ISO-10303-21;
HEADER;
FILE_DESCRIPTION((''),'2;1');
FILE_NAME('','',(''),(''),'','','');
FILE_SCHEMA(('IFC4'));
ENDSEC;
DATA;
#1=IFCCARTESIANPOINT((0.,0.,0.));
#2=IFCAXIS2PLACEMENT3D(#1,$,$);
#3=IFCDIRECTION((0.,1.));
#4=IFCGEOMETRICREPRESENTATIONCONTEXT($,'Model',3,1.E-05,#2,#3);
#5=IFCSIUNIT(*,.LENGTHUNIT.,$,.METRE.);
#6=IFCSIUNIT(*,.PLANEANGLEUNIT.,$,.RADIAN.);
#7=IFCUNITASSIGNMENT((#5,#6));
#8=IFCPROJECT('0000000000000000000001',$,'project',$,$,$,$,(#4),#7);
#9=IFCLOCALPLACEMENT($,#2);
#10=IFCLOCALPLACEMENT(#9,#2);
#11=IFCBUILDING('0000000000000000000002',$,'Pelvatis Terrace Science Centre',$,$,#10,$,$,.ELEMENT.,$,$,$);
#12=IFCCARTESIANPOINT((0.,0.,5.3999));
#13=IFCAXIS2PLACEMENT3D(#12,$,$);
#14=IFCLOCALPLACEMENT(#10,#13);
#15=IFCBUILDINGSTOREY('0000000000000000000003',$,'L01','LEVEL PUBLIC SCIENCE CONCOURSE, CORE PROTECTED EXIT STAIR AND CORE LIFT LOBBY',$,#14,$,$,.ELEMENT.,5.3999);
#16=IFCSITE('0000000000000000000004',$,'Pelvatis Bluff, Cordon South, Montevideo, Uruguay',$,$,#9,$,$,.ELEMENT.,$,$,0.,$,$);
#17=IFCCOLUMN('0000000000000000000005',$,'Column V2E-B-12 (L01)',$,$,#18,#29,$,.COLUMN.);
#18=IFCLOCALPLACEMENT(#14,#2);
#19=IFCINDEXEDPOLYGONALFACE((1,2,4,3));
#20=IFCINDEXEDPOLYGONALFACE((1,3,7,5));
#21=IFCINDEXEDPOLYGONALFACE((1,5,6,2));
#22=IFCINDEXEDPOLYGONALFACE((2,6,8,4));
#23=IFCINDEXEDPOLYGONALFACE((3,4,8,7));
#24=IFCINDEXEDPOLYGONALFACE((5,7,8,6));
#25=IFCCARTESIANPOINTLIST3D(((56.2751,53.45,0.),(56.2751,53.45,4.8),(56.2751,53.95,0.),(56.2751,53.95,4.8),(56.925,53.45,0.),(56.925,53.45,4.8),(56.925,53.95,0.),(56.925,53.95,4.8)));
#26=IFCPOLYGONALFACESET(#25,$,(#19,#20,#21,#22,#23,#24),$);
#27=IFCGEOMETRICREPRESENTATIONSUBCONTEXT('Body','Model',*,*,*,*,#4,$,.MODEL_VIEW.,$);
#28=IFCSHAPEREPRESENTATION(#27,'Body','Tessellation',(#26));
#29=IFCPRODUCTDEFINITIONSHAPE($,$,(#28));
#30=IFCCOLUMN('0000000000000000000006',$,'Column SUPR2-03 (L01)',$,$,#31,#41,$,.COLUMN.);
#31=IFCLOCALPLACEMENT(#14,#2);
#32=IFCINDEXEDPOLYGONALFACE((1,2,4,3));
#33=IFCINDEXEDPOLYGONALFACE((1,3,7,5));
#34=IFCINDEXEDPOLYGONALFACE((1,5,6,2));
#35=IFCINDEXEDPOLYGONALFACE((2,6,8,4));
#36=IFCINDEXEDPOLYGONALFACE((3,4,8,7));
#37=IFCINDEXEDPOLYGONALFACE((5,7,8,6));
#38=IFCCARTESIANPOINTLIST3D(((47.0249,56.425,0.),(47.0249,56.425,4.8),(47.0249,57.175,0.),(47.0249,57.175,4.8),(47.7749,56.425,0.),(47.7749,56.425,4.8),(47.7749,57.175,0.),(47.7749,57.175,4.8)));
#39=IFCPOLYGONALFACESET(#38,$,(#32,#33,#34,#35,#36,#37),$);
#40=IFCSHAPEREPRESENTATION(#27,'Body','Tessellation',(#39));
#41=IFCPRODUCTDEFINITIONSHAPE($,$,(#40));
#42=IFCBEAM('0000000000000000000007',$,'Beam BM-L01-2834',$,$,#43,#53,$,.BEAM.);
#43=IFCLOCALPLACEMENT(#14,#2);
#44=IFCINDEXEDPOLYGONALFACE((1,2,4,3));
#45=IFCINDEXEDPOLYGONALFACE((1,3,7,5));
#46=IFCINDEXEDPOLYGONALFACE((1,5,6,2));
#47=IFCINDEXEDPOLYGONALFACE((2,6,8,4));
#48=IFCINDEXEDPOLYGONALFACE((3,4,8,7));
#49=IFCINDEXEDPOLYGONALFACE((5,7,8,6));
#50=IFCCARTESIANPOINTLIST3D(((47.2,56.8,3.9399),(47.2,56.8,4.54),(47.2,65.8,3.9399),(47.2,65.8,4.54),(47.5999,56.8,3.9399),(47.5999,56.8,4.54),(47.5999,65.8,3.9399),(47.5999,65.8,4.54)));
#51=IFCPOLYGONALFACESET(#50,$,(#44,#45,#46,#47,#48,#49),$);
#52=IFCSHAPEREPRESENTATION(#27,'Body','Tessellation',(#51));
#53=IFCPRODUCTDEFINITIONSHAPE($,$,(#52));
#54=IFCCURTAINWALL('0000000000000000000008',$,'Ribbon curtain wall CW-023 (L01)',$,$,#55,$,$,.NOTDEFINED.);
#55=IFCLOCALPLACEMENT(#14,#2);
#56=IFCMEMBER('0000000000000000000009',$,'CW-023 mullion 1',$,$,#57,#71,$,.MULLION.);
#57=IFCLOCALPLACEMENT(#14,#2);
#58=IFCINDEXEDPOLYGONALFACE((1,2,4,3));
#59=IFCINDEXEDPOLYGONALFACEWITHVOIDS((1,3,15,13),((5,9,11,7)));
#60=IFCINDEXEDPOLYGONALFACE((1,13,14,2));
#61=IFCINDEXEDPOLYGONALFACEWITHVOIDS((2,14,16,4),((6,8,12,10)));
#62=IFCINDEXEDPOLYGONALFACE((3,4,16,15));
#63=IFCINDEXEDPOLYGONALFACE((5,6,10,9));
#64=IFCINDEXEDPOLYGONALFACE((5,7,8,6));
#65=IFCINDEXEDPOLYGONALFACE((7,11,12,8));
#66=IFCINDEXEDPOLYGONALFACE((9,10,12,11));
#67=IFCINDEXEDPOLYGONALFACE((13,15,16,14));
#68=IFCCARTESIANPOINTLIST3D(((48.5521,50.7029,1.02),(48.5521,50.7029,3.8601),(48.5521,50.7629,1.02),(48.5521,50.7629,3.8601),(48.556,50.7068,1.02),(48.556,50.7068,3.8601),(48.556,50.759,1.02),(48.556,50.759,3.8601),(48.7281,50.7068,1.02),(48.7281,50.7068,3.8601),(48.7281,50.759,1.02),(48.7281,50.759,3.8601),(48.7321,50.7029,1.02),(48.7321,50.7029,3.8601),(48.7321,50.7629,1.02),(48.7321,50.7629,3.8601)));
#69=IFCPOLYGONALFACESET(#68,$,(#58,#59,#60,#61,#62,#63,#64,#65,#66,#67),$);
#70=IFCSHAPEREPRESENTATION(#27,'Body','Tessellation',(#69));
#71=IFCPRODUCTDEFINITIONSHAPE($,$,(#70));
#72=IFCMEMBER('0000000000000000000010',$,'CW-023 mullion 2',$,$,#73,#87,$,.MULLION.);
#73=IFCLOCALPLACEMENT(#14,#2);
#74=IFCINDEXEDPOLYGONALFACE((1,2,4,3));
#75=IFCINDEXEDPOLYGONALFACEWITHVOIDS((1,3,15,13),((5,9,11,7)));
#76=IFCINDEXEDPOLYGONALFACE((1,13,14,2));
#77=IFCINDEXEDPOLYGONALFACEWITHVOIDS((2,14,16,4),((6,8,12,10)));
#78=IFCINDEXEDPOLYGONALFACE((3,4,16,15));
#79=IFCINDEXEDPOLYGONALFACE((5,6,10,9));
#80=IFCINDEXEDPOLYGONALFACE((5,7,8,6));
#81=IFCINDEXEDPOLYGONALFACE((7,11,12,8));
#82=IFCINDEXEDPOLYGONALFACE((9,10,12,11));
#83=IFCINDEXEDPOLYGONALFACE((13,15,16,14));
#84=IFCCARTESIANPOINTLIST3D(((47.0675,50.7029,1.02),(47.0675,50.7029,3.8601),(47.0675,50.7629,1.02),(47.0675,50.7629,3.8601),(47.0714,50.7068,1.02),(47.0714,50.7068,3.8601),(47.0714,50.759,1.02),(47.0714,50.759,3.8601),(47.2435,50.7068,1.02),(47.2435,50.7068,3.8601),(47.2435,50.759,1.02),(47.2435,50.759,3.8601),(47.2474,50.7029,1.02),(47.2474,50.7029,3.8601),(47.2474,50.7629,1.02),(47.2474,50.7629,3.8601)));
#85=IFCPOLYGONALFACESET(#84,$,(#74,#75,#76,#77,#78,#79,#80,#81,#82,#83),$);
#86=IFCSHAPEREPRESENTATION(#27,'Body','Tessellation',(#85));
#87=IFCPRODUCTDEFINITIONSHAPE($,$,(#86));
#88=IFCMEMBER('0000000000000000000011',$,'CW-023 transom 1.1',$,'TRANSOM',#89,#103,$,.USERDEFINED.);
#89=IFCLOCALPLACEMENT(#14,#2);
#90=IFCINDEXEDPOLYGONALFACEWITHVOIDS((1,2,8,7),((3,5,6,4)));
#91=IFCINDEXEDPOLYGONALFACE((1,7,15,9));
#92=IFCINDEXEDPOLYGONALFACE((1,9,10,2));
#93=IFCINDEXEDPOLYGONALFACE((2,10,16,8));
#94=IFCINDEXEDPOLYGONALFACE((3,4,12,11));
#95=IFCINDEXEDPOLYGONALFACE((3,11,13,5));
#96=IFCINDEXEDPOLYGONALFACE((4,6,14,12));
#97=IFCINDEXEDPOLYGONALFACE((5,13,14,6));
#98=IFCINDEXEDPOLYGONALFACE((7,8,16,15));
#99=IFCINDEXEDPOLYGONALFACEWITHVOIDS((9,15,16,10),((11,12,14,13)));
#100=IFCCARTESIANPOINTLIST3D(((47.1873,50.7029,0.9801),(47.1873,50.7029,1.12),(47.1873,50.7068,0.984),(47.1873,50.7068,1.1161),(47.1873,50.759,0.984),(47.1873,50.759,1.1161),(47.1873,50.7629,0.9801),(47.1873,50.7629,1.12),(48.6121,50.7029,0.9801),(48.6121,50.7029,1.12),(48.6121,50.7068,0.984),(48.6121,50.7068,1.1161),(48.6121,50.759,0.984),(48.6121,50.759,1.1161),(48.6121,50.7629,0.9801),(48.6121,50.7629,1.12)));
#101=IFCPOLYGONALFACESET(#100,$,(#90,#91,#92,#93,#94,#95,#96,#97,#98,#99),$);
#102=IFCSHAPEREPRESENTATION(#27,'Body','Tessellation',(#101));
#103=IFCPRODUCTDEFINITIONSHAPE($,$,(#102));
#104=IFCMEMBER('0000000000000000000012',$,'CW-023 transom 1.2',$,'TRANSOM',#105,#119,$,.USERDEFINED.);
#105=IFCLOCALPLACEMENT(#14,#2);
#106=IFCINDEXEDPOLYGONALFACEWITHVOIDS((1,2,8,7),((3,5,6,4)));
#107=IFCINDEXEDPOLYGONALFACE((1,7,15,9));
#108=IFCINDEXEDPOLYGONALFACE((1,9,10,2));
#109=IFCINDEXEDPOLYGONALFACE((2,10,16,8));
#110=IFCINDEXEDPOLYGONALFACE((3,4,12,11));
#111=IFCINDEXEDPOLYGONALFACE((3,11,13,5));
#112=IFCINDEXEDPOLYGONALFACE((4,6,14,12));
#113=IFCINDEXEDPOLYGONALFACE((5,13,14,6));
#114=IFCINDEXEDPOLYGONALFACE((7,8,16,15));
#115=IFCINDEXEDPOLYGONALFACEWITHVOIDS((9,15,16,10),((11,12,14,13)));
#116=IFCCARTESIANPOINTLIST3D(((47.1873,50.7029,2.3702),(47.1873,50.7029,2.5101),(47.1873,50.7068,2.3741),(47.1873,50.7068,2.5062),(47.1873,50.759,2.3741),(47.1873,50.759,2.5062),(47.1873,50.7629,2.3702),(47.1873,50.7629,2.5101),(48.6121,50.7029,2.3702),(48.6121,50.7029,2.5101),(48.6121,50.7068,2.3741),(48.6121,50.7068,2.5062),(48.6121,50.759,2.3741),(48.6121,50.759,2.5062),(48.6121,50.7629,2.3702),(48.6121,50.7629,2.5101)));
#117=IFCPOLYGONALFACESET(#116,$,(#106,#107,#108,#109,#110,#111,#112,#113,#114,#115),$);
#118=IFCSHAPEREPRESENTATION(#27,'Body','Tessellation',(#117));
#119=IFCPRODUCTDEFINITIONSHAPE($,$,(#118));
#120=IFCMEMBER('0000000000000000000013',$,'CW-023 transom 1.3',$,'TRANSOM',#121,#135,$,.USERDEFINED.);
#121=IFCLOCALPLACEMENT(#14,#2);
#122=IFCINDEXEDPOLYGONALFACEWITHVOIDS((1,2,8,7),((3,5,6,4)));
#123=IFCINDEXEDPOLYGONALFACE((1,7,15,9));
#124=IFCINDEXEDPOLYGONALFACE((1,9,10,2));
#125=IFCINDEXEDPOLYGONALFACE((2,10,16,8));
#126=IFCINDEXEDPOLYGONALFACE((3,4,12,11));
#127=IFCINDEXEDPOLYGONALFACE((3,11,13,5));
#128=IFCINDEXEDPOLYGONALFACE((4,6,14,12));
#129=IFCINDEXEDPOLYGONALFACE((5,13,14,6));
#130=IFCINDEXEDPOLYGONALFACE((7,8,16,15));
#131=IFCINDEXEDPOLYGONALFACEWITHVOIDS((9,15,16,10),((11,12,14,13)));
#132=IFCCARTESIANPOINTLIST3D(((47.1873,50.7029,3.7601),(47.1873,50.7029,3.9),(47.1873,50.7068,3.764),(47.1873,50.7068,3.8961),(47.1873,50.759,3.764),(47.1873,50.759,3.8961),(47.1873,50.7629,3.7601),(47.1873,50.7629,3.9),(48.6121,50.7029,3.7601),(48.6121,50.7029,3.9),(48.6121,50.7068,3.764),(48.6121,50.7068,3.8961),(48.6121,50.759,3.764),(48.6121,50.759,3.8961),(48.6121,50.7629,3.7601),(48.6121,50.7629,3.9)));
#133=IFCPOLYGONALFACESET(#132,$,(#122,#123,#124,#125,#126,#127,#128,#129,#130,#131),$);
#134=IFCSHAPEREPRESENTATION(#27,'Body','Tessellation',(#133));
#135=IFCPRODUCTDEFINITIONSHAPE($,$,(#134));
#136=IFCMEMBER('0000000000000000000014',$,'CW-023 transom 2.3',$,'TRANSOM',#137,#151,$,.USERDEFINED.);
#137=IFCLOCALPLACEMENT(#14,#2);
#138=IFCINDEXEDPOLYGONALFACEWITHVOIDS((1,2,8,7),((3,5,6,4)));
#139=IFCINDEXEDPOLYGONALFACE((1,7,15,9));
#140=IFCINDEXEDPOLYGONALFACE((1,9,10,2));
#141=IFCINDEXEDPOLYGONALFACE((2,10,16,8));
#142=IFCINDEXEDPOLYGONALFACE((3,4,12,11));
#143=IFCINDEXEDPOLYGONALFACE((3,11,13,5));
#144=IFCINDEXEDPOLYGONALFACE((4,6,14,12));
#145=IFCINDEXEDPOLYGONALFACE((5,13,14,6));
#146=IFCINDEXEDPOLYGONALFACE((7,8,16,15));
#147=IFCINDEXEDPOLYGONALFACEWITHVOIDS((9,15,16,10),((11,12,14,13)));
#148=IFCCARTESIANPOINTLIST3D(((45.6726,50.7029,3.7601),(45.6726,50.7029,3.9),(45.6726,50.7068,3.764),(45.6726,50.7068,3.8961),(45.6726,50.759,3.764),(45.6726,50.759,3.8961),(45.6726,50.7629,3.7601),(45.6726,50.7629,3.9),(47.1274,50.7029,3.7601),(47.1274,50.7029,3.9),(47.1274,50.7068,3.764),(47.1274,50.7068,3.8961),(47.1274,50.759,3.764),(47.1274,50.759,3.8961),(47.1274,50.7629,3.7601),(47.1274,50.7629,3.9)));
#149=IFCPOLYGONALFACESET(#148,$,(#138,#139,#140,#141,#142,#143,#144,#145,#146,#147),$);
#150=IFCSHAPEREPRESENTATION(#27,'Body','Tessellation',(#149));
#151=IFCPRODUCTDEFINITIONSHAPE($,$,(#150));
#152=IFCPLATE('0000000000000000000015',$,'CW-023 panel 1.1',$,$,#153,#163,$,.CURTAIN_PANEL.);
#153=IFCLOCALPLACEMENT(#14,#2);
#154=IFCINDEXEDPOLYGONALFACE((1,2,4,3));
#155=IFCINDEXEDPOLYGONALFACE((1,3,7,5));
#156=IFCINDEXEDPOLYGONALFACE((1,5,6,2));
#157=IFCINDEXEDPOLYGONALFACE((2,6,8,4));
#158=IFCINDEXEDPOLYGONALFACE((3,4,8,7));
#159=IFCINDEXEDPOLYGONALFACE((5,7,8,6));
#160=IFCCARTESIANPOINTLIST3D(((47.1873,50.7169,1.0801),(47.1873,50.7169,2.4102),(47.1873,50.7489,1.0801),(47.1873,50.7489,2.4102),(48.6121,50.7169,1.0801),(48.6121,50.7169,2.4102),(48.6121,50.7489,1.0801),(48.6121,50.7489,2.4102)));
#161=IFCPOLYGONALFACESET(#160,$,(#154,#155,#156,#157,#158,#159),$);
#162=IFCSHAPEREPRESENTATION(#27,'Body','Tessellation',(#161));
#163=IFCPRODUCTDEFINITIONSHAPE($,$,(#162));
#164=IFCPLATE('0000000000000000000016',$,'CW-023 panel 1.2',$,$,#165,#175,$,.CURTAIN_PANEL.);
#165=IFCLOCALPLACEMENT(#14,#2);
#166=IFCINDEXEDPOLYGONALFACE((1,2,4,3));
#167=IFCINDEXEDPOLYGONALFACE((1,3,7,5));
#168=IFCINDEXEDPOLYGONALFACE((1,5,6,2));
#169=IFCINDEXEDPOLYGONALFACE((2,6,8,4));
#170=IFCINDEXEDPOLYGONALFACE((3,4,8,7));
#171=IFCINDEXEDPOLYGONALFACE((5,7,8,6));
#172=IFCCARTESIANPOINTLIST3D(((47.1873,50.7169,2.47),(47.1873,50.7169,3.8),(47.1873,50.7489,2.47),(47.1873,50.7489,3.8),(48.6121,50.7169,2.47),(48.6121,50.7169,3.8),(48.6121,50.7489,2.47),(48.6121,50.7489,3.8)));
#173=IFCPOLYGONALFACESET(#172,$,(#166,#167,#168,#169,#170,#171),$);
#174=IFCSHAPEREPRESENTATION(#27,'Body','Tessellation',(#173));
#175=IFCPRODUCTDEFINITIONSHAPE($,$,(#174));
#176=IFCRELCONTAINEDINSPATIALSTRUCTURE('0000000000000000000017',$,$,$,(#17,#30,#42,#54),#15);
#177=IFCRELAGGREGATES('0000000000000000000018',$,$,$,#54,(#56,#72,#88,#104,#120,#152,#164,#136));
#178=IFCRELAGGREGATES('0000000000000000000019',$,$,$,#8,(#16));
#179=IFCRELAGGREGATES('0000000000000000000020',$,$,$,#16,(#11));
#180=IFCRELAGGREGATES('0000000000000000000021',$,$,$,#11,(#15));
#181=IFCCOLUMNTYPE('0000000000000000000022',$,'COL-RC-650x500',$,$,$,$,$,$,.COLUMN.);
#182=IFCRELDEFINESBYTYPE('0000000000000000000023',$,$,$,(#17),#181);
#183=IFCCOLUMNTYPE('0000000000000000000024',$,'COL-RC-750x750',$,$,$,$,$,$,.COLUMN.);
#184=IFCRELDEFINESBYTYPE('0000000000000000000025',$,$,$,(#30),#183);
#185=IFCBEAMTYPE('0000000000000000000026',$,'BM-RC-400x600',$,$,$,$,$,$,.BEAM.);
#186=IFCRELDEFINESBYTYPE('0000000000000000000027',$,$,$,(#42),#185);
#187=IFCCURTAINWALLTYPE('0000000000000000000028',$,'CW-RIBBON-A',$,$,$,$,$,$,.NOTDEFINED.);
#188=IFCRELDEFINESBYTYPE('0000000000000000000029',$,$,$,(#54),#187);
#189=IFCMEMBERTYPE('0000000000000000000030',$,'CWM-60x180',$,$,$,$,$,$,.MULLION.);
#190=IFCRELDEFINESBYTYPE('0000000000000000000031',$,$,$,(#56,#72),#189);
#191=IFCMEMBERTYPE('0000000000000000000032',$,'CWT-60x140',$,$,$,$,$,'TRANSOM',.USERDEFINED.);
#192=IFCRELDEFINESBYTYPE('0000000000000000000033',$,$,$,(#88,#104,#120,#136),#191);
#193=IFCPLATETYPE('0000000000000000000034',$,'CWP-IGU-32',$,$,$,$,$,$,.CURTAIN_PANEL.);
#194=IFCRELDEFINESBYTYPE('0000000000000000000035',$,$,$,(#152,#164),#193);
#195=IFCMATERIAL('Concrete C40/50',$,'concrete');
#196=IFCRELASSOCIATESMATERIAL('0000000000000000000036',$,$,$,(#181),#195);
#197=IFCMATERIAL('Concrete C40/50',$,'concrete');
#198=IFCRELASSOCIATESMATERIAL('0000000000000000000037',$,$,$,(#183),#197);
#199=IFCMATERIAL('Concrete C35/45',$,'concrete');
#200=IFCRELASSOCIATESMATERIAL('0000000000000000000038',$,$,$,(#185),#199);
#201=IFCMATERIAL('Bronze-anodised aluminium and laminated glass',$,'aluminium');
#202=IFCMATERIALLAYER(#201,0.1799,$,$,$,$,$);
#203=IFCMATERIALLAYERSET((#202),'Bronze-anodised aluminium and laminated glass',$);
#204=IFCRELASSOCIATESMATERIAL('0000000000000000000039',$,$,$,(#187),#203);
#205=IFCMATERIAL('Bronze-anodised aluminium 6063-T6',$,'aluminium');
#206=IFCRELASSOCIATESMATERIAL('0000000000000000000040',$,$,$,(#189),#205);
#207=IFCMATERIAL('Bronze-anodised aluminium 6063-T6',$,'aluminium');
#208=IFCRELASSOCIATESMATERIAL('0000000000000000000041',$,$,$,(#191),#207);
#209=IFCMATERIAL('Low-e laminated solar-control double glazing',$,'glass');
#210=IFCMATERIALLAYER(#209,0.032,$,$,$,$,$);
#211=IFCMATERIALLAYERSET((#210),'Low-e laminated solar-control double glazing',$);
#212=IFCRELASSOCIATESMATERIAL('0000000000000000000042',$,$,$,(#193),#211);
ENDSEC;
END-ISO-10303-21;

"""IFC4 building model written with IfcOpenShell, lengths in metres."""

from ifc_helpers import new_model, si_unit, direction, frame, origin, origin_2d, place, context, subcontext, project, spatial, rectangle, hollow_rectangle, extrude, material, layer, layer_set, material_profile, profile_set, type_object, element, aggregate, save


model = new_model("IFC4")

# Units and contexts
model_context = context("Model", 3, precision=1e-05, world=origin(), true_north=direction((0.0, 1.0)))
body_context = subcontext(model_context, "Body", "Model", "MODEL_VIEW")
ifc_project = project(units=[si_unit("LENGTHUNIT", "METRE"), si_unit("PLANEANGLEUNIT", "RADIAN")], contexts=[model_context])

# Site, building, storey
site_placement = place(None, origin())
site = spatial("IfcSite", under=ifc_project, at=site_placement, Name="Pelvatis Bluff, Cordon South, Montevideo, Uruguay", CompositionType="ELEMENT", RefElevation=0.0)
building_placement = place(site_placement, origin())
building = spatial("IfcBuilding", under=site, at=building_placement, Name="Pelvatis Terrace Science Centre", CompositionType="ELEMENT")
storey_placement = place(building_placement, frame((0.0, 0.0, 5.3999)))
storey = spatial("IfcBuildingStorey", under=building, at=storey_placement, Name="L01", Description="LEVEL PUBLIC SCIENCE CONCOURSE, CORE PROTECTED EXIT STAIR AND CORE LIFT LOBBY", CompositionType="ELEMENT", Elevation=5.3999)

# Columns
ifc_material_1 = material(Name="Concrete C40/50", Category="concrete")
ifc_material_profile_1 = material_profile(ifc_material_1, rectangle(XDim=0.6499, YDim=0.5, at=origin_2d()), Name="RC-COL 650x500")
ifc_profile_set_1 = profile_set([ifc_material_profile_1], Name="Concrete C40/50")
column_type_1 = type_object("IfcColumnType", Name="COL-RC-650x500", PredefinedType="COLUMN", material=ifc_profile_set_1)
column_1_placement = place(storey_placement, frame((56.6001, 53.7, 0.0), z_axis=(0.0, 0.0, 1.0), x_axis=(1.0, 0.0, 0.0)))
element("IfcColumn", 1, at=column_1_placement, inside=storey, type_object=column_type_1, Name="Column V2E-B-12 (L01)", PredefinedType="COLUMN", context=body_context, shape_type="SweptSolid", body=[
    extrude(rectangle(XDim=0.6499, YDim=0.5, at=origin_2d()), origin(), (0.0, 0.0, 1.0), 4.8),
])
ifc_material_2 = material(Name="Concrete C40/50", Category="concrete")
ifc_material_profile_2 = material_profile(ifc_material_2, rectangle(XDim=0.75, YDim=0.75, at=origin_2d()), Name="RC-COL 750x750")
ifc_profile_set_2 = profile_set([ifc_material_profile_2], Name="Concrete C40/50")
column_type_2 = type_object("IfcColumnType", Name="COL-RC-750x750", PredefinedType="COLUMN", material=ifc_profile_set_2)
column_2_placement = place(storey_placement, frame((47.3999, 56.8, 0.0), z_axis=(0.0, 0.0, 1.0), x_axis=(1.0, 0.0, 0.0)))
element("IfcColumn", 2, at=column_2_placement, inside=storey, type_object=column_type_2, Name="Column SUPR2-03 (L01)", PredefinedType="COLUMN", context=body_context, shape_type="SweptSolid", body=[
    extrude(rectangle(XDim=0.75, YDim=0.75, at=origin_2d()), origin(), (0.0, 0.0, 1.0), 4.8),
])

# Beam
ifc_material_3 = material(Name="Concrete C35/45", Category="concrete")
ifc_material_profile_3 = material_profile(ifc_material_3, rectangle(XDim=0.3999, YDim=0.6001, at=origin_2d()), Name="RC-BM 400x600")
ifc_profile_set_3 = profile_set([ifc_material_profile_3], Name="Concrete C35/45")
beam_type = type_object("IfcBeamType", Name="BM-RC-400x600", PredefinedType="BEAM", material=ifc_profile_set_3)
beam_placement = place(storey_placement, frame((47.3999, 56.8, 4.24), z_axis=(0.0, 1.0, 0.0), x_axis=(-1.0, 0.0, 0.0)))
element("IfcBeam", 3, at=beam_placement, inside=storey, type_object=beam_type, Name="Beam BM-L01-2834", PredefinedType="BEAM", context=body_context, shape_type="SweptSolid", body=[
    extrude(rectangle(XDim=0.3999, YDim=0.6001, at=origin_2d()), origin(), (0.0, 0.0, 1.0), 9.0),
])

# Curtain wall, members, plates
ifc_material_4 = material(Name="Bronze-anodised aluminium and laminated glass", Category="aluminium")
ifc_layer_1 = layer(ifc_material_4, 0.1799)
ifc_layer_set_1 = layer_set([ifc_layer_1], Name="Bronze-anodised aluminium and laminated glass")
curtain_wall_type = type_object("IfcCurtainWallType", Name="CW-RIBBON-A", PredefinedType="NOTDEFINED", material=ifc_layer_set_1)
curtain_wall_placement = place(storey_placement, origin())
curtain_wall = element("IfcCurtainWall", 4, at=curtain_wall_placement, inside=storey, type_object=curtain_wall_type, Name="Ribbon curtain wall CW-023 (L01)", PredefinedType="NOTDEFINED")
ifc_material_5 = material(Name="Bronze-anodised aluminium 6063-T6", Category="aluminium")
ifc_material_profile_4 = material_profile(ifc_material_5, hollow_rectangle(XDim=0.0601, YDim=0.1799, WallThickness=0.0039, at=origin_2d()), Name="ALU-MUL 60x180")
ifc_profile_set_4 = profile_set([ifc_material_profile_4], Name="Bronze-anodised aluminium 6063-T6")
member_type_1 = type_object("IfcMemberType", Name="CWM-60x180", PredefinedType="MULLION", material=ifc_profile_set_4)
member_1_placement = place(storey_placement, frame((48.6421, 50.7329, 1.02), z_axis=(0.0, 0.0, 1.0), x_axis=(0.0, -1.0, 0.0)))
member_1 = element("IfcMember", 5, at=member_1_placement, type_object=member_type_1, Name="CW-023 mullion 1", PredefinedType="MULLION", context=body_context, shape_type="SweptSolid", body=[
    extrude(hollow_rectangle(XDim=0.0601, YDim=0.1799, WallThickness=0.0039, at=origin_2d()), origin(), (0.0, 0.0, 1.0), 2.8401),
])
member_2_placement = place(storey_placement, frame((47.1575, 50.7329, 1.02), z_axis=(0.0, 0.0, 1.0), x_axis=(0.0, -1.0, 0.0)))
member_2 = element("IfcMember", 6, at=member_2_placement, type_object=member_type_1, Name="CW-023 mullion 2", PredefinedType="MULLION", context=body_context, shape_type="SweptSolid", body=[
    extrude(hollow_rectangle(XDim=0.0601, YDim=0.1799, WallThickness=0.0039, at=origin_2d()), origin(), (0.0, 0.0, 1.0), 2.8401),
])
ifc_material_6 = material(Name="Bronze-anodised aluminium 6063-T6", Category="aluminium")
ifc_material_profile_5 = material_profile(ifc_material_6, hollow_rectangle(XDim=0.0601, YDim=0.1399, WallThickness=0.0039, at=origin_2d()), Name="ALU-TRN 60x140")
ifc_profile_set_5 = profile_set([ifc_material_profile_5], Name="Bronze-anodised aluminium 6063-T6")
member_type_2 = type_object("IfcMemberType", Name="CWT-60x140", ElementType="TRANSOM", PredefinedType="USERDEFINED", material=ifc_profile_set_5)
member_3_placement = place(storey_placement, frame((48.6121, 50.7329, 1.05), z_axis=(-1.0, 0.0, 0.0), x_axis=(0.0, -1.0, 0.0)))
member_3 = element("IfcMember", 7, at=member_3_placement, type_object=member_type_2, Name="CW-023 transom 1.1", ObjectType="TRANSOM", PredefinedType="USERDEFINED", context=body_context, shape_type="SweptSolid", body=[
    extrude(hollow_rectangle(XDim=0.0601, YDim=0.1399, WallThickness=0.0039, at=origin_2d()), origin(), (0.0, 0.0, 1.0), 1.4248),
])
member_4_placement = place(storey_placement, frame((48.6121, 50.7329, 2.4402), z_axis=(-1.0, 0.0, 0.0), x_axis=(0.0, -1.0, 0.0)))
member_4 = element("IfcMember", 8, at=member_4_placement, type_object=member_type_2, Name="CW-023 transom 1.2", ObjectType="TRANSOM", PredefinedType="USERDEFINED", context=body_context, shape_type="SweptSolid", body=[
    extrude(hollow_rectangle(XDim=0.0601, YDim=0.1399, WallThickness=0.0039, at=origin_2d()), origin(), (0.0, 0.0, 1.0), 1.4248),
])
member_5_placement = place(storey_placement, frame((48.6121, 50.7329, 3.8301), z_axis=(-1.0, 0.0, 0.0), x_axis=(0.0, -1.0, 0.0)))
member_5 = element("IfcMember", 9, at=member_5_placement, type_object=member_type_2, Name="CW-023 transom 1.3", ObjectType="TRANSOM", PredefinedType="USERDEFINED", context=body_context, shape_type="SweptSolid", body=[
    extrude(hollow_rectangle(XDim=0.0601, YDim=0.1399, WallThickness=0.0039, at=origin_2d()), origin(), (0.0, 0.0, 1.0), 1.4248),
])
member_6_placement = place(storey_placement, frame((47.1274, 50.7329, 3.8301), z_axis=(-1.0, 0.0, 0.0), x_axis=(0.0, -1.0, 0.0)))
member_6 = element("IfcMember", 10, at=member_6_placement, type_object=member_type_2, Name="CW-023 transom 2.3", ObjectType="TRANSOM", PredefinedType="USERDEFINED", context=body_context, shape_type="SweptSolid", body=[
    extrude(hollow_rectangle(XDim=0.0601, YDim=0.1399, WallThickness=0.0039, at=origin_2d()), origin(), (0.0, 0.0, 1.0), 1.4548),
])
ifc_material_7 = material(Name="Low-e laminated solar-control double glazing", Category="glass")
ifc_layer_2 = layer(ifc_material_7, 0.032)
ifc_layer_set_2 = layer_set([ifc_layer_2], Name="Low-e laminated solar-control double glazing")
plate_type = type_object("IfcPlateType", Name="CWP-IGU-32", PredefinedType="CURTAIN_PANEL", material=ifc_layer_set_2)
plate_1_placement = place(storey_placement, frame((47.8997, 50.7329, 1.0801), z_axis=(0.0, 0.0, 1.0), x_axis=(-1.0, 0.0, 0.0)))
plate_1 = element("IfcPlate", 11, at=plate_1_placement, type_object=plate_type, Name="CW-023 panel 1.1", PredefinedType="CURTAIN_PANEL", context=body_context, shape_type="SweptSolid", body=[
    extrude(rectangle(XDim=1.4248, YDim=0.032, at=origin_2d()), origin(), (0.0, 0.0, 1.0), 1.3301),
])
plate_2_placement = place(storey_placement, frame((47.8997, 50.7329, 2.47), z_axis=(0.0, 0.0, 1.0), x_axis=(-1.0, 0.0, 0.0)))
plate_2 = element("IfcPlate", 12, at=plate_2_placement, type_object=plate_type, Name="CW-023 panel 1.2", PredefinedType="CURTAIN_PANEL", context=body_context, shape_type="SweptSolid", body=[
    extrude(rectangle(XDim=1.4248, YDim=0.032, at=origin_2d()), origin(), (0.0, 0.0, 1.0), 1.3301),
])
aggregate(curtain_wall, [member_1, member_2, member_3, member_4, member_5, plate_1, plate_2, member_6])

save(model, "model.ifc")
